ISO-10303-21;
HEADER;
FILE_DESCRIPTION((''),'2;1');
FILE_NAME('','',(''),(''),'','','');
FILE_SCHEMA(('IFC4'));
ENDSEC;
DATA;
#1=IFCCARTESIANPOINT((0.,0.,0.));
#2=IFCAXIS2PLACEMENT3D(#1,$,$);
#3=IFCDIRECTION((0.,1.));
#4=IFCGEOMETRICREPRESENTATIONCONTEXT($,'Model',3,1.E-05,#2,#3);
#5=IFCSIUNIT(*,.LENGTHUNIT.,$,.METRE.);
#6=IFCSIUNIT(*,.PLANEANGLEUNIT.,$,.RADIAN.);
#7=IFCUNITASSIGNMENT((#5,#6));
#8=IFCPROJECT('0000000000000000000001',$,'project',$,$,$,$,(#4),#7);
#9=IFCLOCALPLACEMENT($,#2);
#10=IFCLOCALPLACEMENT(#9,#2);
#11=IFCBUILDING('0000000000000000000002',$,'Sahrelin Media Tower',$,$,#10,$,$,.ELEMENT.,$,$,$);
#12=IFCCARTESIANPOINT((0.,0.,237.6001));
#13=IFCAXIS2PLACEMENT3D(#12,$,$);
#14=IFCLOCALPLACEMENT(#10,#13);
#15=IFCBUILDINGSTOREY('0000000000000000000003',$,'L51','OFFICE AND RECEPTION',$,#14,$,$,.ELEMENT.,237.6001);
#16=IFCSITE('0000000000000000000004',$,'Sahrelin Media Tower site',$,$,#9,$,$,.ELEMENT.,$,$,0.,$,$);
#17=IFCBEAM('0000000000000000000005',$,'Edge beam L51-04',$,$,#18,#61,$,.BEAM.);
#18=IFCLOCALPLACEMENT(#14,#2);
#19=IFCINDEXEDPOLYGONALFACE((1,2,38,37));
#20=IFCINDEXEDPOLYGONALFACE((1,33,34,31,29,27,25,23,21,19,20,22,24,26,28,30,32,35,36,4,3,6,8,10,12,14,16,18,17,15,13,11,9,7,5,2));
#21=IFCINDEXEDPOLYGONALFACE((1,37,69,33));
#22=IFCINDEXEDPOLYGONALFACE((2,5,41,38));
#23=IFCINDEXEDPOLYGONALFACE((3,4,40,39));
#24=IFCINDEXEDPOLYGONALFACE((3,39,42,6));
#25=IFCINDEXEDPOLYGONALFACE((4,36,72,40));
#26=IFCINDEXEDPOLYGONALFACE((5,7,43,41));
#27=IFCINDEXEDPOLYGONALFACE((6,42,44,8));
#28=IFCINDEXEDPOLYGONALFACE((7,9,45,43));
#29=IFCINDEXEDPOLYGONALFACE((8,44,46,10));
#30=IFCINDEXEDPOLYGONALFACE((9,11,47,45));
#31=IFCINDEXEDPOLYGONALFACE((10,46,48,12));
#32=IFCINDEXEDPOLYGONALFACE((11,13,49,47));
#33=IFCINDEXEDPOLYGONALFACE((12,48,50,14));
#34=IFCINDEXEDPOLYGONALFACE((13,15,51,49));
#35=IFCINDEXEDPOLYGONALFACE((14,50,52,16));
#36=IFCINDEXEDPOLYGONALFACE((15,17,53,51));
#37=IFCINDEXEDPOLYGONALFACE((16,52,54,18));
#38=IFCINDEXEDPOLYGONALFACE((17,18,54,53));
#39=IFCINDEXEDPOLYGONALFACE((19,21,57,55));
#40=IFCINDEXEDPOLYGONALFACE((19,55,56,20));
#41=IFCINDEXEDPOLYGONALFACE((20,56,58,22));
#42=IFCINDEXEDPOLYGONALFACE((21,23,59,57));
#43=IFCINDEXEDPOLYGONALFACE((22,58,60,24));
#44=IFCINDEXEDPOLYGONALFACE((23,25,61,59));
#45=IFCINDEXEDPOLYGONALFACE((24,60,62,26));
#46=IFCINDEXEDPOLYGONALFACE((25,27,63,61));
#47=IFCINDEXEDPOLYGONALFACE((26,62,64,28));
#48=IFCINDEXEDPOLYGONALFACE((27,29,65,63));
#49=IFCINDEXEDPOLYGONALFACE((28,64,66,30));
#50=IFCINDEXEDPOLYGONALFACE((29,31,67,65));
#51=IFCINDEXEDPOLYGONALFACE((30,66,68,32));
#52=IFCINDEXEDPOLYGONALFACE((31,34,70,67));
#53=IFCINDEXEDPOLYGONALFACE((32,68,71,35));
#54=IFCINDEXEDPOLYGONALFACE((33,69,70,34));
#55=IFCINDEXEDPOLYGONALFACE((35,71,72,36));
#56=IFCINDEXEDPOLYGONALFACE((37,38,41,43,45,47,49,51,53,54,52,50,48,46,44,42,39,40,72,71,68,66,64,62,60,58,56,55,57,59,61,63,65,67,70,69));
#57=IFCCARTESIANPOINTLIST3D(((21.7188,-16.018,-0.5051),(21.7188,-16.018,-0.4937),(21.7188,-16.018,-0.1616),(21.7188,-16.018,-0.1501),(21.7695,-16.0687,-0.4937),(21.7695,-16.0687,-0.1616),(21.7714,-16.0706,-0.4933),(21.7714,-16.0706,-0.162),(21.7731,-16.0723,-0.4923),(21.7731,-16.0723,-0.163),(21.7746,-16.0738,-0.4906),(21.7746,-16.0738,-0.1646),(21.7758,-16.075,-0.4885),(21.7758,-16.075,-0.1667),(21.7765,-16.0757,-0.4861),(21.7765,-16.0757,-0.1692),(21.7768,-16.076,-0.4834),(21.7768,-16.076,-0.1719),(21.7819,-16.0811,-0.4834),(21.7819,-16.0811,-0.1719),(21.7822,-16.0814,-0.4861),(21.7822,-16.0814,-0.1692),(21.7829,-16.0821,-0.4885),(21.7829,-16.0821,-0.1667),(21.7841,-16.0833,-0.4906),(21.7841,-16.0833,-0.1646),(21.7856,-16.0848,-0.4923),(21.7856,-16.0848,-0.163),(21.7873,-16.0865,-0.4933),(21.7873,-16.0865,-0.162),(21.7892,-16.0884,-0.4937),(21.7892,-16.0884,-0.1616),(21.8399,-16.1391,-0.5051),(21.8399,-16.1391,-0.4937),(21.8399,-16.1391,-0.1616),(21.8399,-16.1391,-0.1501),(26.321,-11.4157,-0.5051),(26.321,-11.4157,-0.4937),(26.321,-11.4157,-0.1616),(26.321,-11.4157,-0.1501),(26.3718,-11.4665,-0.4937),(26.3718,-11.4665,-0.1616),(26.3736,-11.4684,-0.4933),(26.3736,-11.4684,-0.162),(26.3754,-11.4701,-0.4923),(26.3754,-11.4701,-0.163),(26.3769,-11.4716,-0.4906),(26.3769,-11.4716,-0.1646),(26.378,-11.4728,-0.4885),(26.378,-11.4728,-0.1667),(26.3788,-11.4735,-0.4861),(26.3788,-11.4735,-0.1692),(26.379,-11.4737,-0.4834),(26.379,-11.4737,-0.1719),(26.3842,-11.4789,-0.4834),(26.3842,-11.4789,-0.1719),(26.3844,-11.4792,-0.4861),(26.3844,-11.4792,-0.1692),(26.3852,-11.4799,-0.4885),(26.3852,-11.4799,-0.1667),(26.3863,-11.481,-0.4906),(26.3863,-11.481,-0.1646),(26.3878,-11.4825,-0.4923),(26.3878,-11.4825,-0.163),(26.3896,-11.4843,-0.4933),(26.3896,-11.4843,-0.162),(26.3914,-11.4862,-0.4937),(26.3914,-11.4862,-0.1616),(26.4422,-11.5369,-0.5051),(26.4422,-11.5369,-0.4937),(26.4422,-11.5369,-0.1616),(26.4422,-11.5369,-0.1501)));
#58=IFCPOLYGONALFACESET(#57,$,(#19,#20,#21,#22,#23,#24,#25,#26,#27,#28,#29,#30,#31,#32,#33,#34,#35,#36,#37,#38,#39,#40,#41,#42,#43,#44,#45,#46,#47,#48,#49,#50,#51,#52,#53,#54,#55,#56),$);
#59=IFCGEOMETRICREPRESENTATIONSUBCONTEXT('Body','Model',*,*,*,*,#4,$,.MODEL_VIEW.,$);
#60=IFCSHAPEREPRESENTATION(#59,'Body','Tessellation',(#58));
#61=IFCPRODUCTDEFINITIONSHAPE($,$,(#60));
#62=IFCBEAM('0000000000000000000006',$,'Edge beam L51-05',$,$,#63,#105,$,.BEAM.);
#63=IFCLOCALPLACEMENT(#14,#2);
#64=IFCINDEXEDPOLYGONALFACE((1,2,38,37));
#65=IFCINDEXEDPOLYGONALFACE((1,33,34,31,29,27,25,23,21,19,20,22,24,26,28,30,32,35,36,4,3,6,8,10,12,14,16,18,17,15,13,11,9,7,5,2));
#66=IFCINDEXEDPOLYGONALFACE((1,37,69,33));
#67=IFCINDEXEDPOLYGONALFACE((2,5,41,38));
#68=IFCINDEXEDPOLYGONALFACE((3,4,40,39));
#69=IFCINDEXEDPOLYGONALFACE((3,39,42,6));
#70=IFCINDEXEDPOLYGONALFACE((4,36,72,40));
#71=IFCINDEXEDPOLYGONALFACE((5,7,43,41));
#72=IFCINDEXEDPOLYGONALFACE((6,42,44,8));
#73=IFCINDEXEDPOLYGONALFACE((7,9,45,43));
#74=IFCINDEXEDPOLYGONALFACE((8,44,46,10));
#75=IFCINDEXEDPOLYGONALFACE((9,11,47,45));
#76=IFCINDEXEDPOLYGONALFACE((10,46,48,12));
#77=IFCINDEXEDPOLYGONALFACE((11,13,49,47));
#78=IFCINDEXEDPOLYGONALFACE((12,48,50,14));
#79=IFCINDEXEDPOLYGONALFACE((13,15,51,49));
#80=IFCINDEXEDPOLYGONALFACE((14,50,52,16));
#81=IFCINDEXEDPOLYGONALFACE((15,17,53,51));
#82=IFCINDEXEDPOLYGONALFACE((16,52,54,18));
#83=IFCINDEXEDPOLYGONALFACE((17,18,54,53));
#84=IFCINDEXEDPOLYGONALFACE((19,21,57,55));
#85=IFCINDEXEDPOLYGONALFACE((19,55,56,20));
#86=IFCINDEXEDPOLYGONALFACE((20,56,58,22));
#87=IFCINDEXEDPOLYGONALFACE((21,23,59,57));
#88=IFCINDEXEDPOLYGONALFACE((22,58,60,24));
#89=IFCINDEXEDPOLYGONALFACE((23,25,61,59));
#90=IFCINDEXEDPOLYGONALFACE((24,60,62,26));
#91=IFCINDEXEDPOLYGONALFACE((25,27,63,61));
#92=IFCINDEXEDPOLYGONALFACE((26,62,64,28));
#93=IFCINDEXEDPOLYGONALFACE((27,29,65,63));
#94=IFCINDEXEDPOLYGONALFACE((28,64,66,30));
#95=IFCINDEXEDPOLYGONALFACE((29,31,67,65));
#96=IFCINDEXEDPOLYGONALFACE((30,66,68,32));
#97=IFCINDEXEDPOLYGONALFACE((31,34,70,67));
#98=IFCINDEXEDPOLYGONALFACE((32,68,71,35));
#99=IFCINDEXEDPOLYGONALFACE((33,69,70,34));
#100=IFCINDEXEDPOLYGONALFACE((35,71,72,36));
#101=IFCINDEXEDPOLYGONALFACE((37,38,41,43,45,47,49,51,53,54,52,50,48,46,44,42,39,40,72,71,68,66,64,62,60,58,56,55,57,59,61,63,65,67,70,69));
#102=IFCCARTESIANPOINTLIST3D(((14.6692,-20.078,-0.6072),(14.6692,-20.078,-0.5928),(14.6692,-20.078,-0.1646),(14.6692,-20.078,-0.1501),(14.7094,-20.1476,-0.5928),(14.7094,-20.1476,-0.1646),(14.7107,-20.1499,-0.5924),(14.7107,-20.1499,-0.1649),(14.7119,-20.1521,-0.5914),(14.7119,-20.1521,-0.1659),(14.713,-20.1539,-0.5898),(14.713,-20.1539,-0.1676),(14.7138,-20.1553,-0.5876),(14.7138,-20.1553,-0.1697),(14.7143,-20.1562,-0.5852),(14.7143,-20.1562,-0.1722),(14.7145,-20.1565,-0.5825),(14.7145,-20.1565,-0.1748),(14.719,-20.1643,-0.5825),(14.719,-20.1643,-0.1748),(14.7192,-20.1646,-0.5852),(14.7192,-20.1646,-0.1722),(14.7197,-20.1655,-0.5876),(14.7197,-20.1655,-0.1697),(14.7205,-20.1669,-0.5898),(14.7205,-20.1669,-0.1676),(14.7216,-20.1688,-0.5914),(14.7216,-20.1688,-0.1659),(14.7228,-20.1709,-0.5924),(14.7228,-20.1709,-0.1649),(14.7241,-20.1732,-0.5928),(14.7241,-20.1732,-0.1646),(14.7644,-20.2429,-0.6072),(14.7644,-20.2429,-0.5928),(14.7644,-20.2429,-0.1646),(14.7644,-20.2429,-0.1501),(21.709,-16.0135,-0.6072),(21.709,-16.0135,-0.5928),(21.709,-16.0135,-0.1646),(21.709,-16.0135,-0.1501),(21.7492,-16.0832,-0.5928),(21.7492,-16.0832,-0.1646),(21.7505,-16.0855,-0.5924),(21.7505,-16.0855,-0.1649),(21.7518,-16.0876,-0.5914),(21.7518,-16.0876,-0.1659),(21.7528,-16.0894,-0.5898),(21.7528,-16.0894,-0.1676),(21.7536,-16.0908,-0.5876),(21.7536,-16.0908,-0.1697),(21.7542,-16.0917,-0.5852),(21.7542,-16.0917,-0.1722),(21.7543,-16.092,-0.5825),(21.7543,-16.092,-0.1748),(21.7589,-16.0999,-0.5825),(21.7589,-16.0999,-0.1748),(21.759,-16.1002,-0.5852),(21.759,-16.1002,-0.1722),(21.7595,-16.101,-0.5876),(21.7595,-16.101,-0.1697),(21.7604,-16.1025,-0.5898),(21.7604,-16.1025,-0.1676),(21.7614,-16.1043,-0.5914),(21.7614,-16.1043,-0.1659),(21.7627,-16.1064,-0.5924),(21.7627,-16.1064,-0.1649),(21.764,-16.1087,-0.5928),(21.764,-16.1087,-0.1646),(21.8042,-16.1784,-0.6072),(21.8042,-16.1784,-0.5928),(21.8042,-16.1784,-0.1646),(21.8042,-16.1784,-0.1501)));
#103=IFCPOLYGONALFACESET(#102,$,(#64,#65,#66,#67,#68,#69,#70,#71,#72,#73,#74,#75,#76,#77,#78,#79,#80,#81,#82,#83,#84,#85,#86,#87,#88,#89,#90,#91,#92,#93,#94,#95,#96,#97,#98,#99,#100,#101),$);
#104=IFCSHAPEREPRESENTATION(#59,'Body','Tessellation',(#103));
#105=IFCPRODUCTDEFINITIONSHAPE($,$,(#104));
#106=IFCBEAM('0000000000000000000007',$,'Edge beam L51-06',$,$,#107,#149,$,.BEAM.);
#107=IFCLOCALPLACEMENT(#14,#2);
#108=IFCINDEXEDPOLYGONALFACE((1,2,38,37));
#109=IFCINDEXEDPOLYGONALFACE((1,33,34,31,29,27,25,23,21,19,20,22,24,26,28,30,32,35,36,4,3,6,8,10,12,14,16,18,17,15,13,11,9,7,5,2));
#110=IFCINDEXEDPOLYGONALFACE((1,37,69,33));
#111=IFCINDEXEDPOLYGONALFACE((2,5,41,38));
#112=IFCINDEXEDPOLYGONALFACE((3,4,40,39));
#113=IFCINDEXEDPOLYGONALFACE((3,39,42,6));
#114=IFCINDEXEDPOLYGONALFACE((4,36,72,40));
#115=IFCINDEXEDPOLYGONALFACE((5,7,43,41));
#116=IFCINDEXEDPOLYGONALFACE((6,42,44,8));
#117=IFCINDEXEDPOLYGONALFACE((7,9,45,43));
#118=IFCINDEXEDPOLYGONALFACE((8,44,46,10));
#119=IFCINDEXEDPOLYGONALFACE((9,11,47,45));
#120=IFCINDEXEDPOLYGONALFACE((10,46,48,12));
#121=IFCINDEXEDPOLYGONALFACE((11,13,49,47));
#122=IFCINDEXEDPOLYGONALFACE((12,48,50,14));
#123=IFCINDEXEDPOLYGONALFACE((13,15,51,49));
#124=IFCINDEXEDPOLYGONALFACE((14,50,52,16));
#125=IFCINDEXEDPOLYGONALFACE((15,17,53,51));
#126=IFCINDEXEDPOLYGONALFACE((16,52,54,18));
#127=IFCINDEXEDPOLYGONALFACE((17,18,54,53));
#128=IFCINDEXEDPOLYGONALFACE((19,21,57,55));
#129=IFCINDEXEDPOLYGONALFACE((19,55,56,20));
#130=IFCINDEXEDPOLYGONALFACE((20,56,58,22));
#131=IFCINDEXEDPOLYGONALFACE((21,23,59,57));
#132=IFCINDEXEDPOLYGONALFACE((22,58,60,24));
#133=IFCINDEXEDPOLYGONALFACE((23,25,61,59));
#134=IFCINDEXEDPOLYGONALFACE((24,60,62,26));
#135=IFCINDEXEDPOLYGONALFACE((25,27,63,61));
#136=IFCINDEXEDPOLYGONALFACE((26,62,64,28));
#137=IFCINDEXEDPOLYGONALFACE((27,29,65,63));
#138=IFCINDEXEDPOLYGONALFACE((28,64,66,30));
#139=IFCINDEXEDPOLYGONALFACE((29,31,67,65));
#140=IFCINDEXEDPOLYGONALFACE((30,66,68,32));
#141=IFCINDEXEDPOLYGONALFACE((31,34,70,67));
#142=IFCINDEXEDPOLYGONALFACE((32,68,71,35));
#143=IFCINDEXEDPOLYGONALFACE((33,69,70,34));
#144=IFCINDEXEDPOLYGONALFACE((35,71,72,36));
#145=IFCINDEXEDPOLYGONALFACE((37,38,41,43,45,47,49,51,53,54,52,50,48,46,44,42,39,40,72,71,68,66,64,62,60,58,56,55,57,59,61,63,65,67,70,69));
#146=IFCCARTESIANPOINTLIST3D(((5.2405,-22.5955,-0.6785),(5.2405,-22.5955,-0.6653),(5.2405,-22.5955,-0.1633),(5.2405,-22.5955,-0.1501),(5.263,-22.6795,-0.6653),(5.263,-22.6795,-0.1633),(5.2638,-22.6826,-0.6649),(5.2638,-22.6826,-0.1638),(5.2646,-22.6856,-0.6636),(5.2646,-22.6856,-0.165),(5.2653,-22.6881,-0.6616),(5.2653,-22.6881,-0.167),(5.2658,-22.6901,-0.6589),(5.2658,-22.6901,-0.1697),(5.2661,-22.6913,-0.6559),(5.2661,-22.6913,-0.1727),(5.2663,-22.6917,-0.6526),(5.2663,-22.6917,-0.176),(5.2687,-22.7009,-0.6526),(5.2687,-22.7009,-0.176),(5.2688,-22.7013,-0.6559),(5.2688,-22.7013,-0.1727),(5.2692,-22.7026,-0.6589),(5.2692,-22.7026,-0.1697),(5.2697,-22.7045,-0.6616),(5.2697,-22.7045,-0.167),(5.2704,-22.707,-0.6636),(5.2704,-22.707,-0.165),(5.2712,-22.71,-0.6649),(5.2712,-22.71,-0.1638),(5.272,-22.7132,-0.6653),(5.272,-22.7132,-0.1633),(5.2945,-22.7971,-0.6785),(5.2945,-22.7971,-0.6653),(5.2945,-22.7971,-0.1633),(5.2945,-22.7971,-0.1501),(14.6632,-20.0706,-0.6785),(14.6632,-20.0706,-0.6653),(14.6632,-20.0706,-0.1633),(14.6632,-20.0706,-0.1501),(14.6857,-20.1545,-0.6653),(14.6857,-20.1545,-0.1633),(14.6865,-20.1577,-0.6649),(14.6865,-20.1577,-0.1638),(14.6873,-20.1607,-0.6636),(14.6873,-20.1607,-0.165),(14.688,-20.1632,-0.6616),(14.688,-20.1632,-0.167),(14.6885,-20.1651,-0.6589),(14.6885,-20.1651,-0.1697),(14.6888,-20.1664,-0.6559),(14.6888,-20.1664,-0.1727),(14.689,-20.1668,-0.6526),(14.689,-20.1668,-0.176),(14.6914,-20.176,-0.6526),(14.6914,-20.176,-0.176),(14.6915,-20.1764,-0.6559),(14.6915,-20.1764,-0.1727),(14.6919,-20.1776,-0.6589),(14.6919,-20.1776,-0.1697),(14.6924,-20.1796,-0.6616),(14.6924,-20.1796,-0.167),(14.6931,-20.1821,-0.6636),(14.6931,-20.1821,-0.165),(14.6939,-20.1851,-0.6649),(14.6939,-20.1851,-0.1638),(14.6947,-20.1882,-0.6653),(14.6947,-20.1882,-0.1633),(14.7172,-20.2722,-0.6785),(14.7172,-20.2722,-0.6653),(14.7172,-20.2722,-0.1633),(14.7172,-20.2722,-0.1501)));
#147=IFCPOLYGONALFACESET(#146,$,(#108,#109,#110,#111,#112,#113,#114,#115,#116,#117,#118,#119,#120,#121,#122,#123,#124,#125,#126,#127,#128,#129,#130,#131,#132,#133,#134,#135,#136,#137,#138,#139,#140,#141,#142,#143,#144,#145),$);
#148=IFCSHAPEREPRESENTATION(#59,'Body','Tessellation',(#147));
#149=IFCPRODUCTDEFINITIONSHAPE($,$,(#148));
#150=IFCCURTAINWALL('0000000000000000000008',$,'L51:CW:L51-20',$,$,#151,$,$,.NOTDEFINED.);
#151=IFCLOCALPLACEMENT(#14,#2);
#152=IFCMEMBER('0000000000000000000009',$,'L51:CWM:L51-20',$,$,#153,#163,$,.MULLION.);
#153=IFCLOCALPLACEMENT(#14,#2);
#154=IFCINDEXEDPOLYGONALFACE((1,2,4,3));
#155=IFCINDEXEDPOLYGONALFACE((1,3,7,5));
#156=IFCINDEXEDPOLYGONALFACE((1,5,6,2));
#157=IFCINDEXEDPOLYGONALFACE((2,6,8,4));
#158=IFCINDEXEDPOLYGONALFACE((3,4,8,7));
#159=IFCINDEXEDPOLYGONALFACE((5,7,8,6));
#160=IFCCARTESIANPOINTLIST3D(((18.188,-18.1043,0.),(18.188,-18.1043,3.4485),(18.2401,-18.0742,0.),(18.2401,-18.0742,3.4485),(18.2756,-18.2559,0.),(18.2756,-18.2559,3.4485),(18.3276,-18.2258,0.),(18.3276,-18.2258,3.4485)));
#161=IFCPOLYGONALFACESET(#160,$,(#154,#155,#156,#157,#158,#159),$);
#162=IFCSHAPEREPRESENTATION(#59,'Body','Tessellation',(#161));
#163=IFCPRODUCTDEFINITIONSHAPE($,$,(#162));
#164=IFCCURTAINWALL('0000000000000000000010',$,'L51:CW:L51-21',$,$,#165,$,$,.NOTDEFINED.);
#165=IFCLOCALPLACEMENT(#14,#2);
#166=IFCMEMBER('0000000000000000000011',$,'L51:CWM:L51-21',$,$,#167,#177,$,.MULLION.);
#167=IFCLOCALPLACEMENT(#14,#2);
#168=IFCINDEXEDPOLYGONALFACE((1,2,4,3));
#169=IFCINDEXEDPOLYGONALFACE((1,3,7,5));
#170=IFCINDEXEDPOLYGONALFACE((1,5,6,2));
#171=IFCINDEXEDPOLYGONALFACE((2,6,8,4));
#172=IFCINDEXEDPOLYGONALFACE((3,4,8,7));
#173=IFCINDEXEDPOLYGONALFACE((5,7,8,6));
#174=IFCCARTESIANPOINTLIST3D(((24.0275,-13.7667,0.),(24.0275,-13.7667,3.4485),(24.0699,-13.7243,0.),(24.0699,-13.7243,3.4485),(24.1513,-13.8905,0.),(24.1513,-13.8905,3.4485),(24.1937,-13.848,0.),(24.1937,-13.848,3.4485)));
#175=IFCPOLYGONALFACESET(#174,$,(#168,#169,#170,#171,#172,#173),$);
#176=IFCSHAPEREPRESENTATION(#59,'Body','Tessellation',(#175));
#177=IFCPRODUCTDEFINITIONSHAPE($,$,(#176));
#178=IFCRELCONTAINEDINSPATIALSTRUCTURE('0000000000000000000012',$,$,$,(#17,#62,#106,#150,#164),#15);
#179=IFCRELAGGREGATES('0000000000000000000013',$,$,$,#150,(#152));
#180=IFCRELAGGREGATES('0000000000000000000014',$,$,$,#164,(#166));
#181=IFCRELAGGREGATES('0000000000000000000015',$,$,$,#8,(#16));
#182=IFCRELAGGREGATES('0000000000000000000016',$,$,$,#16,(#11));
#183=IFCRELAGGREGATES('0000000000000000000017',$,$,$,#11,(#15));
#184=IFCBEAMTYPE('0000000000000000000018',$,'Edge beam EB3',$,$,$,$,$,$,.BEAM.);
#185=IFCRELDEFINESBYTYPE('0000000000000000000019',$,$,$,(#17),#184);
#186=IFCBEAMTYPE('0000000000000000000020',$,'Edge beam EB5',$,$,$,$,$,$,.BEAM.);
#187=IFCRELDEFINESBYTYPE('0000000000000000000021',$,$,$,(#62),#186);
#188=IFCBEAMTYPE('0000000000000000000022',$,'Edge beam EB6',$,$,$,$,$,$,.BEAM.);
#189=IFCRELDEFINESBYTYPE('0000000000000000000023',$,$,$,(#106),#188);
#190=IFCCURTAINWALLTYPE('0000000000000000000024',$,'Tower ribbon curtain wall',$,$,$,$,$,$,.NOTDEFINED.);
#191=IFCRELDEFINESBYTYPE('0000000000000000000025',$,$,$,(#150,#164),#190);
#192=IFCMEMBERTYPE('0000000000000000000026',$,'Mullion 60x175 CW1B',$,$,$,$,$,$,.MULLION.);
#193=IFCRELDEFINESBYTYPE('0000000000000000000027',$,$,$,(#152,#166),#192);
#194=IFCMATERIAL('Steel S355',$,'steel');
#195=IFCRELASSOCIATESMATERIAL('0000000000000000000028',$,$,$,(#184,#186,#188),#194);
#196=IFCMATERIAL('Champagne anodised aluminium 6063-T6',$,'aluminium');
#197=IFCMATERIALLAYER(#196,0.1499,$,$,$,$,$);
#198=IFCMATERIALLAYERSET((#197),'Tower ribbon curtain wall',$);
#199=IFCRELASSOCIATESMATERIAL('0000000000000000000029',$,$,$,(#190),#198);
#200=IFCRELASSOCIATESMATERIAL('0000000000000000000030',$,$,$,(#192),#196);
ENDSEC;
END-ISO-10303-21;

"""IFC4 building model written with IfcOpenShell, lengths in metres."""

from ifc_helpers import new_model, si_unit, direction, frame, origin, origin_2d, place, context, subcontext, project, spatial, rectangle, i_section, extrude, material, layer, layer_set, material_profile, profile_set, type_object, element, aggregate, save


model = new_model("IFC4")

# Units and contexts
model_context = context("Model", 3, precision=1e-05, world=origin(), true_north=direction((0.0, 1.0)))
body_context = subcontext(model_context, "Body", "Model", "MODEL_VIEW")
ifc_project = project(units=[si_unit("LENGTHUNIT", "METRE"), si_unit("PLANEANGLEUNIT", "RADIAN")], contexts=[model_context])

# Site, building, storey
site_placement = place(None, origin())
site = spatial("IfcSite", under=ifc_project, at=site_placement, Name="Sahrelin Media Tower site", CompositionType="ELEMENT", RefElevation=0.0)
building_placement = place(site_placement, origin())
building = spatial("IfcBuilding", under=site, at=building_placement, Name="Sahrelin Media Tower", CompositionType="ELEMENT")
storey_placement = place(building_placement, frame((0.0, 0.0, 237.6001)))
storey = spatial("IfcBuildingStorey", under=building, at=storey_placement, Name="L51", Description="OFFICE AND RECEPTION", CompositionType="ELEMENT", Elevation=237.6001)

# Beams
ifc_material_1 = material(Name="Steel S355", Category="steel")
ifc_material_profile_1 = material_profile(ifc_material_1, i_section(OverallWidth=0.1714, OverallDepth=0.355, WebThickness=0.0073, FlangeThickness=0.0115, FilletRadius=0.0103, at=origin_2d()), Name="UB 356x171x51")
ifc_profile_set_1 = profile_set([ifc_material_profile_1], Name="Steel S355")
beam_type_1 = type_object("IfcBeamType", Name="Edge beam EB3", PredefinedType="BEAM", material=ifc_profile_set_1)
beam_1_placement = place(storey_placement, frame((26.3816, -11.4763, -0.3276), z_axis=(-0.707107, -0.707107, 0.0), x_axis=(0.707107, -0.707107, 0.0)))
element("IfcBeam", 1, at=beam_1_placement, inside=storey, type_object=beam_type_1, Name="Edge beam L51-04", PredefinedType="BEAM", context=body_context, shape_type="SweptSolid", body=[
    extrude(i_section(OverallWidth=0.1714, OverallDepth=0.355, WebThickness=0.0073, FlangeThickness=0.0115, FilletRadius=0.0103, at=origin_2d()), origin(), (0.0, 0.0, 1.0), 6.5085),
])
ifc_material_profile_2 = material_profile(ifc_material_1, i_section(OverallWidth=0.1904, OverallDepth=0.457, WebThickness=0.009, FlangeThickness=0.0144, FilletRadius=0.0103, at=origin_2d()), Name="UB 457x191x74")
ifc_profile_set_2 = profile_set([ifc_material_profile_2], Name="Steel S355")
beam_type_2 = type_object("IfcBeamType", Name="Edge beam EB5", PredefinedType="BEAM", material=ifc_profile_set_2)
beam_2_placement = place(storey_placement, frame((21.7566, -16.0959, -0.3787), z_axis=(-0.866024, -0.500002, 0.0), x_axis=(0.500002, -0.866024, 0.0)))
element("IfcBeam", 2, at=beam_2_placement, inside=storey, type_object=beam_type_2, Name="Edge beam L51-05", PredefinedType="BEAM", context=body_context, shape_type="SweptSolid", body=[
    extrude(i_section(OverallWidth=0.1904, OverallDepth=0.457, WebThickness=0.009, FlangeThickness=0.0144, FilletRadius=0.0103, at=origin_2d()), origin(), (0.0, 0.0, 1.0), 8.1289),
])
ifc_material_profile_3 = material_profile(ifc_material_1, i_section(OverallWidth=0.2087, OverallDepth=0.5283, WebThickness=0.0095, FlangeThickness=0.0132, FilletRadius=0.0127, at=origin_2d()), Name="UB 533x210x82")
ifc_profile_set_3 = profile_set([ifc_material_profile_3], Name="Steel S355")
beam_type_3 = type_object("IfcBeamType", Name="Edge beam EB6", PredefinedType="BEAM", material=ifc_profile_set_3)
beam_3_placement = place(storey_placement, frame((14.6902, -20.1714, -0.4143), z_axis=(-0.965923, -0.258831, 0.0), x_axis=(0.258831, -0.965923, 0.0)))
element("IfcBeam", 3, at=beam_3_placement, inside=storey, type_object=beam_type_3, Name="Edge beam L51-06", PredefinedType="BEAM", context=body_context, shape_type="SweptSolid", body=[
    extrude(i_section(OverallWidth=0.2087, OverallDepth=0.5283, WebThickness=0.0095, FlangeThickness=0.0132, FilletRadius=0.0127, at=origin_2d()), origin(), (0.0, 0.0, 1.0), 9.7551),
])

# Curtain walls, members
ifc_material_2 = material(Name="Champagne anodised aluminium 6063-T6", Category="aluminium")
ifc_layer_1 = layer(ifc_material_2, 0.1499)
ifc_layer_set_1 = layer_set([ifc_layer_1], Name="Tower ribbon curtain wall")
curtain_wall_type = type_object("IfcCurtainWallType", Name="Tower ribbon curtain wall", PredefinedType="NOTDEFINED", material=ifc_layer_set_1)
curtain_wall_1_placement = place(storey_placement, frame((18.3115, -18.2581, 0.0), z_axis=(0.0, 0.0, 1.0), x_axis=(1.0, 0.0, 0.0)))
curtain_wall_1 = element("IfcCurtainWall", 4, at=curtain_wall_1_placement, inside=storey, type_object=curtain_wall_type, Name="L51:CW:L51-20", PredefinedType="NOTDEFINED")
ifc_material_profile_4 = material_profile(ifc_material_2, rectangle(XDim=0.0601, YDim=0.175, at=origin_2d()), Name="Mullion 60x175")
ifc_profile_set_4 = profile_set([ifc_material_profile_4], Name="Champagne anodised aluminium 6063-T6")
member_type_1 = type_object("IfcMemberType", Name="Mullion 60x175 CW1B", PredefinedType="MULLION", material=ifc_profile_set_4)
member_1_placement = place(storey_placement, frame((18.2578, -18.165, 0.0), z_axis=(0.0, 0.0, 1.0), x_axis=(0.866027, 0.499997, 0.0)))
member_1 = element("IfcMember", 5, at=member_1_placement, type_object=member_type_1, Name="L51:CWM:L51-20", PredefinedType="MULLION", context=body_context, shape_type="SweptSolid", body=[
    extrude(rectangle(XDim=0.0601, YDim=0.175, at=origin_2d()), origin(), (0.0, 0.0, 1.0), 3.4485),
])
curtain_wall_2_placement = place(storey_placement, frame((24.1865, -13.8835, 0.0), z_axis=(0.0, 0.0, 1.0), x_axis=(1.0, 0.0, 0.0)))
curtain_wall_2 = element("IfcCurtainWall", 6, at=curtain_wall_2_placement, inside=storey, type_object=curtain_wall_type, Name="L51:CW:L51-21", PredefinedType="NOTDEFINED")
member_2_placement = place(storey_placement, frame((24.1106, -13.8074, 0.0), z_axis=(0.0, 0.0, 1.0), x_axis=(0.707107, 0.707107, 0.0)))
member_2 = element("IfcMember", 7, at=member_2_placement, type_object=member_type_1, Name="L51:CWM:L51-21", PredefinedType="MULLION", context=body_context, shape_type="SweptSolid", body=[
    extrude(rectangle(XDim=0.0601, YDim=0.175, at=origin_2d()), origin(), (0.0, 0.0, 1.0), 3.4485),
])

aggregate(curtain_wall_1, [member_1])
aggregate(curtain_wall_2, [member_2])

save(model, "model.ifc")
